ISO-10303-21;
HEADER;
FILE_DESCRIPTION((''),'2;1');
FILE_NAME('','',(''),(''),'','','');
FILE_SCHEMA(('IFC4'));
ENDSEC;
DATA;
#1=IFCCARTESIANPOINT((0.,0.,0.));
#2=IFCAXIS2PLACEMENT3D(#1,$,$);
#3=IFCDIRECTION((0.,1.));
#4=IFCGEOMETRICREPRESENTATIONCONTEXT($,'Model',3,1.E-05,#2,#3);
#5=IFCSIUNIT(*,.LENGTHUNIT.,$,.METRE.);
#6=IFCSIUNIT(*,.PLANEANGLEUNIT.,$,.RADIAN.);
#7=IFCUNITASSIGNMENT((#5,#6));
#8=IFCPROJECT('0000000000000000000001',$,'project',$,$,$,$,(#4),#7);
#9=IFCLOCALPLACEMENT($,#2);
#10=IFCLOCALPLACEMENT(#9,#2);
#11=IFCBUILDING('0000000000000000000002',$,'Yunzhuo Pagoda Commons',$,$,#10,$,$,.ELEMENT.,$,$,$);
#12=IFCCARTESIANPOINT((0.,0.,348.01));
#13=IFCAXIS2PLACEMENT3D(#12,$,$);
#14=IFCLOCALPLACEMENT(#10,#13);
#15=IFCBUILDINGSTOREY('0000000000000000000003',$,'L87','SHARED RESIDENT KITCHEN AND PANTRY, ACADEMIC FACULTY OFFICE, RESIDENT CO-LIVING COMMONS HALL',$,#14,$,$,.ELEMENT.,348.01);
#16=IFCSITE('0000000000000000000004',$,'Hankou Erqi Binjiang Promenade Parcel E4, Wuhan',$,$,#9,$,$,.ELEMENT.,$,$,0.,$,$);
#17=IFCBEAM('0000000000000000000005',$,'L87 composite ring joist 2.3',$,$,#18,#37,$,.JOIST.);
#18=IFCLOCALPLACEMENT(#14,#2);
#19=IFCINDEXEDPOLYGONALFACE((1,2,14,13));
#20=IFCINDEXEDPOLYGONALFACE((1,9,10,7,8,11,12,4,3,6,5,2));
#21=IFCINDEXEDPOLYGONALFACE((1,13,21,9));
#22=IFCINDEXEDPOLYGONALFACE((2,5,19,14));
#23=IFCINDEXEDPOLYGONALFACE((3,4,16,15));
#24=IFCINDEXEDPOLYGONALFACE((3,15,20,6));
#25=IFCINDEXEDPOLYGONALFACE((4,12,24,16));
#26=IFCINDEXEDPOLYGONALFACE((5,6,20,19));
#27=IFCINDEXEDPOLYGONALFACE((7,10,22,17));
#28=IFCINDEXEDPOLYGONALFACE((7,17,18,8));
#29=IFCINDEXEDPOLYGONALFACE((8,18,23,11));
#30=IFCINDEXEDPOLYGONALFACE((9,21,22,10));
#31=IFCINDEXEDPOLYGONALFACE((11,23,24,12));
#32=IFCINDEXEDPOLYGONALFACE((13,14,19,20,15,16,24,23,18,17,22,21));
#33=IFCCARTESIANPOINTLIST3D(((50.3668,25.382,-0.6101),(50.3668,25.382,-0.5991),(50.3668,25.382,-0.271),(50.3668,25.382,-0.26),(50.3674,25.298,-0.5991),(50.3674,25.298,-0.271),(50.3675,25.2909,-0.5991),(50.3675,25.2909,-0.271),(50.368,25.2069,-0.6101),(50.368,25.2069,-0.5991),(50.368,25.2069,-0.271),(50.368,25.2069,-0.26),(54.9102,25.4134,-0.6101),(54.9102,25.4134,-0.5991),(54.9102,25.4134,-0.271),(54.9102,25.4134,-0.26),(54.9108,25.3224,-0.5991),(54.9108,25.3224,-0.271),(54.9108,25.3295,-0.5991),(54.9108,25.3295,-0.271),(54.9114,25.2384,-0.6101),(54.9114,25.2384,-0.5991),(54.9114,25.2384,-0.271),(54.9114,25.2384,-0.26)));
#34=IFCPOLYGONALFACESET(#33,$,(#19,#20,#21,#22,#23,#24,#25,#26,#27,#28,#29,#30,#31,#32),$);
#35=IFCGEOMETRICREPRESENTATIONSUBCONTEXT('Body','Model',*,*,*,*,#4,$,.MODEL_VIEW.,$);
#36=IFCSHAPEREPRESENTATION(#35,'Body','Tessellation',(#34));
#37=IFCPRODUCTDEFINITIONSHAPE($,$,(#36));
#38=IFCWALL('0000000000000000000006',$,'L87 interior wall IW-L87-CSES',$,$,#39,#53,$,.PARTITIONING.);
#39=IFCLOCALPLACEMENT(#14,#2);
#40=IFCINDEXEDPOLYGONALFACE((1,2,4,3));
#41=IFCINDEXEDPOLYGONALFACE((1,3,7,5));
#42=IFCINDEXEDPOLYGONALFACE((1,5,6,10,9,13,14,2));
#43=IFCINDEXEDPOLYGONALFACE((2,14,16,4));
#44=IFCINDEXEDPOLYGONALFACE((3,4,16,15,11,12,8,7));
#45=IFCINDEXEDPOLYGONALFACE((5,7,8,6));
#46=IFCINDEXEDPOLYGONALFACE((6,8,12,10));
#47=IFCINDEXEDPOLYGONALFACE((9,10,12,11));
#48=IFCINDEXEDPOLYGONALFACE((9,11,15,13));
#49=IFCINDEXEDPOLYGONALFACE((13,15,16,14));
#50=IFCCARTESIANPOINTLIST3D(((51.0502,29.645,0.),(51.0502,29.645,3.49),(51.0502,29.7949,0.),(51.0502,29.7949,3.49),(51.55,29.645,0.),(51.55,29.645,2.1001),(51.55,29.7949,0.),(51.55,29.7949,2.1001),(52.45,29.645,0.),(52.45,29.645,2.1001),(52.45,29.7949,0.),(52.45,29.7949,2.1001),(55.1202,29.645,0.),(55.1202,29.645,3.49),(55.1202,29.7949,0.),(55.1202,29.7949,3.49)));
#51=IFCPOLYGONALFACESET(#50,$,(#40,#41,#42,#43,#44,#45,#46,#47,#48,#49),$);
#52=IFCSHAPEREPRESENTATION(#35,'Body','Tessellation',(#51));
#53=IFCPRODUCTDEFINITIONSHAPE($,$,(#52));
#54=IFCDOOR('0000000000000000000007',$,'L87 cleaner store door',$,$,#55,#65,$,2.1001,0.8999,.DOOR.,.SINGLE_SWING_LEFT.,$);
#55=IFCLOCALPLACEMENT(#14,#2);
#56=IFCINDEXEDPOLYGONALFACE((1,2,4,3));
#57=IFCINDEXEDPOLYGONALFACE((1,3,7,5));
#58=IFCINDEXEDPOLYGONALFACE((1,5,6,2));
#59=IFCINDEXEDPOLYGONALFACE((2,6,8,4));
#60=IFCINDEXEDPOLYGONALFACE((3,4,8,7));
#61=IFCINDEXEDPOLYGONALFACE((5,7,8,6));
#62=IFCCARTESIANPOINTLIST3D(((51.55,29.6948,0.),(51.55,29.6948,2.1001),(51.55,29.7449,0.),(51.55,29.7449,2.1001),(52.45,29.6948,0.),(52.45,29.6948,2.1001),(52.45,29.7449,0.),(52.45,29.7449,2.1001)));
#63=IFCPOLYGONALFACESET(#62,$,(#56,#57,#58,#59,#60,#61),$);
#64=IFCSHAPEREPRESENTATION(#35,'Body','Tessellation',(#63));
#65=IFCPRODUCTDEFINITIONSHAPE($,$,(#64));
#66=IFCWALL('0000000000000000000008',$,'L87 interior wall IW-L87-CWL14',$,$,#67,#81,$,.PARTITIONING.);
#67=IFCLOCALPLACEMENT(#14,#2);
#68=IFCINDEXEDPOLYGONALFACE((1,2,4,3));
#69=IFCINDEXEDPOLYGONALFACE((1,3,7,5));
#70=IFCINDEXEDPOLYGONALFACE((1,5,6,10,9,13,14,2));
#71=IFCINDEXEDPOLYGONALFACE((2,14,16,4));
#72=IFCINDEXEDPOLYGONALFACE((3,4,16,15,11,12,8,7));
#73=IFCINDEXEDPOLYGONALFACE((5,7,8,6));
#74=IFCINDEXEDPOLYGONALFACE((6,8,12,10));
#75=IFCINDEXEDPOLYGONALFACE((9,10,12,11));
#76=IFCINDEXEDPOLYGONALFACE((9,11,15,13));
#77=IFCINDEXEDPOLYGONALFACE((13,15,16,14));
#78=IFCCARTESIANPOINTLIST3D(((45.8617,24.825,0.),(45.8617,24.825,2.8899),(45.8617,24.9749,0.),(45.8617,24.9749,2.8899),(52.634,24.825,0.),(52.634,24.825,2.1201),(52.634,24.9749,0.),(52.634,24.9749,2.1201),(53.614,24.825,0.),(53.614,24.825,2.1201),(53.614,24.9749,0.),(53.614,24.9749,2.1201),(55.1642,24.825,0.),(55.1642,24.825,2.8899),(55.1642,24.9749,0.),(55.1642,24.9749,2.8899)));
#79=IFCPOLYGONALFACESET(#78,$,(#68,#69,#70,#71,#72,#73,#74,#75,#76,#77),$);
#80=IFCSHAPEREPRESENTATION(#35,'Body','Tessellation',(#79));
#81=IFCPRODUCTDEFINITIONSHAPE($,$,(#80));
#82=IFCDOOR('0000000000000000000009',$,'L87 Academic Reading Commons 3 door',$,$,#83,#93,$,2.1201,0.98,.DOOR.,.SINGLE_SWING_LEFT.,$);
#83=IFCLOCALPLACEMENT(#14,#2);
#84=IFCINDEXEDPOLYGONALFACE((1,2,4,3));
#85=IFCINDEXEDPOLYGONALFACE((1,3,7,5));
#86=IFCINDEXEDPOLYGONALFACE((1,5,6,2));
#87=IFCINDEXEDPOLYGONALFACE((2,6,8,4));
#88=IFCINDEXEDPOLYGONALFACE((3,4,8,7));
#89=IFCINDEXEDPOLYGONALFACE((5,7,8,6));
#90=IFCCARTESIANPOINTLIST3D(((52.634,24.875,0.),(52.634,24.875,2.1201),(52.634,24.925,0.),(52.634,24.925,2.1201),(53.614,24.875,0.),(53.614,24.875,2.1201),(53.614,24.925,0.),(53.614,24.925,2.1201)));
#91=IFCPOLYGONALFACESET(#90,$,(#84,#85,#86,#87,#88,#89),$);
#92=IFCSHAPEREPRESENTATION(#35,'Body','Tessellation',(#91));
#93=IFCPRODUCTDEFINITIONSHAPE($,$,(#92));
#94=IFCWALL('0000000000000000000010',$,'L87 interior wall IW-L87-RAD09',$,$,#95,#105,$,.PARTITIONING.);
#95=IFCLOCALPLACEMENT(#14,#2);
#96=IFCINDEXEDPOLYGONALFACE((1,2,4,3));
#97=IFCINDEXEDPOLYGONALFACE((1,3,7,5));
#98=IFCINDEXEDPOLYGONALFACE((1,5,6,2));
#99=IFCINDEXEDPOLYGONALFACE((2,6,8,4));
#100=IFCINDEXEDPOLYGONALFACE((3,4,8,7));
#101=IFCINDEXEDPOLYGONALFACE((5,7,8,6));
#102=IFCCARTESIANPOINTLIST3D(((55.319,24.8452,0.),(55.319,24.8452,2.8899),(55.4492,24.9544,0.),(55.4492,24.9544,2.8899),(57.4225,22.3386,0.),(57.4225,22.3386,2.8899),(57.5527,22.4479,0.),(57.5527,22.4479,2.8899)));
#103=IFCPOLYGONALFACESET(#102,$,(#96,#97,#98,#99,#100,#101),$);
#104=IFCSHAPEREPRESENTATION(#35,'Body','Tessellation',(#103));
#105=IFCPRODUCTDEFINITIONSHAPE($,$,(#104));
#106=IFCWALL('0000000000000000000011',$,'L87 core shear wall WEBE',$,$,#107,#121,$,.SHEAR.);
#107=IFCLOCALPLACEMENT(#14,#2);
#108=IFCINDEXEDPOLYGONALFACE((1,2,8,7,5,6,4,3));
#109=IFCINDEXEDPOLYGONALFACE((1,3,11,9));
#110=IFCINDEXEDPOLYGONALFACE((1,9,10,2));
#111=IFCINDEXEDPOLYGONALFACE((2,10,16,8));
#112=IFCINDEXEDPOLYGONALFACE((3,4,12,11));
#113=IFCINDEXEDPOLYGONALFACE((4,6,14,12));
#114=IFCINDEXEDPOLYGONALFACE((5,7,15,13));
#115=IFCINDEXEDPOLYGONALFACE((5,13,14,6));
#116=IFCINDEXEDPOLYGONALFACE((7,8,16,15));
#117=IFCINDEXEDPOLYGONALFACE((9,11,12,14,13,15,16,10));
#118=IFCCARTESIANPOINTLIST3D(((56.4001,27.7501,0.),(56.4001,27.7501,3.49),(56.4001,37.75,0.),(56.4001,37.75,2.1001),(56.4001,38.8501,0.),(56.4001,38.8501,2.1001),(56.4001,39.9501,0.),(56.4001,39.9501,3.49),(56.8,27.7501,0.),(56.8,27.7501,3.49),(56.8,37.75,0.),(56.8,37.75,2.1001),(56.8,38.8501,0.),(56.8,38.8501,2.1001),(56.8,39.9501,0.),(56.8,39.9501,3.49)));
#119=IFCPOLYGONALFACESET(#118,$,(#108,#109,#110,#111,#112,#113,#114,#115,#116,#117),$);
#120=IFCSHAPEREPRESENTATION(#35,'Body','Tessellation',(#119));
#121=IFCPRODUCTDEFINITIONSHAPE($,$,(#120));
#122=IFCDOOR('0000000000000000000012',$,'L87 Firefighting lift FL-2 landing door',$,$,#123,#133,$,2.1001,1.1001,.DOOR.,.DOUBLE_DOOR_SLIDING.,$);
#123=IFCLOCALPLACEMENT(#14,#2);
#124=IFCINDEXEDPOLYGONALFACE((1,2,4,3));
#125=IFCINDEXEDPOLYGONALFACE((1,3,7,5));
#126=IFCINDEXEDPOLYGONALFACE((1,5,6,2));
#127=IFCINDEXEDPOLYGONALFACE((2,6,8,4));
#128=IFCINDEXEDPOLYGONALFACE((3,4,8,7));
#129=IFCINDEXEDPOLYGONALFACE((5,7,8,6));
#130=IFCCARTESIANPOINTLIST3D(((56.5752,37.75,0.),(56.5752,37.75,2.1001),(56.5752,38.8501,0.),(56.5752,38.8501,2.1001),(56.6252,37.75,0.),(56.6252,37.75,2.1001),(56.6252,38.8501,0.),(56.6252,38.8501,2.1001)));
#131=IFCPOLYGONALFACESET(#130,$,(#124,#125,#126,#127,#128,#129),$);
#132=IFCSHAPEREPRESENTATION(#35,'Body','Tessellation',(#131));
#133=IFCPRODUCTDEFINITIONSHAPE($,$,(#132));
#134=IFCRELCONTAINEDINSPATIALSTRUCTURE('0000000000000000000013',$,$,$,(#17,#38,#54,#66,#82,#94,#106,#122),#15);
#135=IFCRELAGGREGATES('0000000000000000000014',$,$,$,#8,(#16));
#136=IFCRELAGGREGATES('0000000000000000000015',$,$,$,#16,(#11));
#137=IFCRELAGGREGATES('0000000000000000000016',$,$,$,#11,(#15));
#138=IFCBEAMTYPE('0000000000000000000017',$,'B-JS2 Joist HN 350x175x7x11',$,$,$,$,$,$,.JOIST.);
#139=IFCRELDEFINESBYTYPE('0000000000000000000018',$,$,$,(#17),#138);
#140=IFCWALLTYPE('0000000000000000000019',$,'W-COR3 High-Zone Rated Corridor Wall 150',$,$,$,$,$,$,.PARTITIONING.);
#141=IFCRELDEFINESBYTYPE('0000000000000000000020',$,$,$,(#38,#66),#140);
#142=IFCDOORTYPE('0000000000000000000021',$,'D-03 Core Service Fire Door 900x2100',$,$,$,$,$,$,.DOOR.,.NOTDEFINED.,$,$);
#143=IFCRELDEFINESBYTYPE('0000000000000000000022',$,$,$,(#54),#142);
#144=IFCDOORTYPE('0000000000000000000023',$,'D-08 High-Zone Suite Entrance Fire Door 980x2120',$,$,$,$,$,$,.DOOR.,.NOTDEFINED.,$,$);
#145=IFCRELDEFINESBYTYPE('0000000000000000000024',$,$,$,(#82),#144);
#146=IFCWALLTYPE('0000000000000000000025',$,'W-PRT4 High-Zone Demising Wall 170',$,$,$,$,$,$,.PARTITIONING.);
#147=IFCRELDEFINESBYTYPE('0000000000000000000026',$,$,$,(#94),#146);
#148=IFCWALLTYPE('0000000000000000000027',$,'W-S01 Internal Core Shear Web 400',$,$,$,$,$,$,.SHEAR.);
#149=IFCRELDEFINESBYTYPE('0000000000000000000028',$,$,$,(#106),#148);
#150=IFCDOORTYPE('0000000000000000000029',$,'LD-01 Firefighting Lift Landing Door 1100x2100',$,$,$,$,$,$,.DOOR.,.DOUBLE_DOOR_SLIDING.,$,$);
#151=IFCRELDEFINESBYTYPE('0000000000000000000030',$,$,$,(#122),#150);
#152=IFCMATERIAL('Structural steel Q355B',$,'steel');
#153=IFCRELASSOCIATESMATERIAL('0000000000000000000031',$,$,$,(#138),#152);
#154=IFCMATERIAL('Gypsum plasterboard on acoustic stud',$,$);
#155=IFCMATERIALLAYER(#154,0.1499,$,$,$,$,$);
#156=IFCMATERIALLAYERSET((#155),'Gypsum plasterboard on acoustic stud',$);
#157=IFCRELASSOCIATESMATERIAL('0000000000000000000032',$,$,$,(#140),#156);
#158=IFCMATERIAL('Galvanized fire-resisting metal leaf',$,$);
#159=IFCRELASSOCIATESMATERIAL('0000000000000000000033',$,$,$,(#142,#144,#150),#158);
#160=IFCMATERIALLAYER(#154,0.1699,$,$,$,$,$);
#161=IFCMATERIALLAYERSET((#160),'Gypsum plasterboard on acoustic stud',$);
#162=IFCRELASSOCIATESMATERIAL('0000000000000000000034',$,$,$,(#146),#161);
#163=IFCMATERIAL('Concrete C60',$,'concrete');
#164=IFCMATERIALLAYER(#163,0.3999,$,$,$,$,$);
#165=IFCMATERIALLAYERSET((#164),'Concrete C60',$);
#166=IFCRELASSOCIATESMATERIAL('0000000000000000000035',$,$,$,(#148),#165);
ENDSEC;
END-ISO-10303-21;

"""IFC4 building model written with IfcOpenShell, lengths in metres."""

from ifc_helpers import new_model, si_unit, direction, frame, frame_2d, origin, origin_with_axes, origin_2d, place, context, subcontext, project, spatial, rectangle, i_section, extrude, source, transform, mapped, material, layer, layer_set, material_profile, profile_set, type_object, element, fill, save


model = new_model("IFC4")

# Units and contexts
model_context = context("Model", 3, precision=1e-05, world=origin(), true_north=direction((0.0, 1.0)))
body_context = subcontext(model_context, "Body", "Model", "MODEL_VIEW")
ifc_project = project(units=[si_unit("LENGTHUNIT", "METRE"), si_unit("PLANEANGLEUNIT", "RADIAN")], contexts=[model_context])

# Site, building, storey
site_placement = place(None, origin())
site = spatial("IfcSite", under=ifc_project, at=site_placement, Name="Hankou Erqi Binjiang Promenade Parcel E4, Wuhan", CompositionType="ELEMENT", RefElevation=0.0)
building_placement = place(site_placement, origin())
building = spatial("IfcBuilding", under=site, at=building_placement, Name="Yunzhuo Pagoda Commons", CompositionType="ELEMENT")
storey_placement = place(building_placement, frame((0.0, 0.0, 348.01)))
storey = spatial("IfcBuildingStorey", under=building, at=storey_placement, Name="L87", Description="SHARED RESIDENT KITCHEN AND PANTRY, ACADEMIC FACULTY OFFICE, RESIDENT CO-LIVING COMMONS HALL", CompositionType="ELEMENT", Elevation=348.01)

# Shared definitions
ifc_material_1 = material(Name="Structural steel Q355B", Category="steel")

# Beam
ifc_material_profile_1 = material_profile(ifc_material_1, i_section(OverallWidth=0.175, OverallDepth=0.3501, WebThickness=0.0071, FlangeThickness=0.011, at=origin_2d()), Name="Structural steel Q355B")
ifc_profile_set_1 = profile_set([ifc_material_profile_1], Name="Structural steel Q355B")
beam_type_1 = type_object("IfcBeamType", Name="B-JS2 Joist HN 350x175x7x11", PredefinedType="JOIST", material=ifc_profile_set_1)
shared_shape_1 = source(origin(), body_context, "Body", "SweptSolid", [
    extrude(i_section(OverallWidth=0.175, OverallDepth=0.3501, WebThickness=0.0071, FlangeThickness=0.011, at=origin_2d()), origin(), (0.0, 0.0, 1.0), 4.5435),
])
beam_1_placement = place(storey_placement, frame((50.3674, 25.2944, -0.4351), z_axis=(0.999976, 0.006932, 0.0), x_axis=(-0.006932, 0.999976, 0.0)))
element("IfcBeam", 1, at=beam_1_placement, inside=storey, type_object=beam_type_1, Name="L87 composite ring joist 2.3", PredefinedType="JOIST", context=body_context, shape_type="MappedRepresentation", body=[
    mapped(shared_shape_1, transform((0.0, 0.0, 0.0), scale=1.0)),
])

# Walls, openings, doors
ifc_material_2 = material(Name="Gypsum plasterboard on acoustic stud")
ifc_layer_1 = layer(ifc_material_2, 0.1499)
ifc_layer_set_1 = layer_set([ifc_layer_1], Name="Gypsum plasterboard on acoustic stud")
wall_type_1 = type_object("IfcWallType", Name="W-COR3 High-Zone Rated Corridor Wall 150", PredefinedType="PARTITIONING", material=ifc_layer_set_1)
wall_1_placement = place(storey_placement, frame((51.05, 29.72, 0.0), z_axis=(0.0, 0.0, 1.0), x_axis=(1.0, 0.0, 0.0)))
wall_1 = element("IfcWall", 2, at=wall_1_placement, inside=storey, type_object=wall_type_1, Name="L87 interior wall IW-L87-CSES", PredefinedType="PARTITIONING", context=body_context, shape_type="SweptSolid", body=[
    extrude(rectangle(XDim=4.0701, YDim=0.1499, at=frame_2d((2.0352, 0.0))), origin(), (0.0, 0.0, 1.0), 3.49),
])
opening_1_placement = place(wall_1_placement, frame((0.5, 0.0, 0.0)))
opening_1 = element("IfcOpeningElement", 3, at=opening_1_placement, cuts=wall_1, PredefinedType="OPENING", context=body_context, shape_type="SweptSolid", body=[
    extrude(rectangle(XDim=0.8999, YDim=2.1001, at=frame_2d((0.45, 1.05))), frame((0.0, 0.085, 0.0), z_axis=(0.0, -1.0, 0.0), x_axis=(1.0, 0.0, 0.0)), (0.0, 0.0, 1.0), 0.1699),
])
ifc_material_3 = material(Name="Galvanized fire-resisting metal leaf")
door_type_1 = type_object("IfcDoorType", Name="D-03 Core Service Fire Door 900x2100", OperationType="NOTDEFINED", PredefinedType="DOOR", material=ifc_material_3)
shared_shape_2 = source(origin(), body_context, "Body", "SweptSolid", [
    extrude(rectangle(XDim=0.8999, YDim=2.1001, at=frame_2d((0.45, 1.05))), frame((0.0, 0.0249, 0.0), z_axis=(0.0, -1.0, 0.0), x_axis=(1.0, 0.0, 0.0)), (0.0, 0.0, 1.0), 0.05),
])
door_1_placement = place(opening_1_placement, origin_with_axes())
door_1 = element("IfcDoor", 4, at=door_1_placement, inside=storey, type_object=door_type_1, Name="L87 cleaner store door", OperationType="SINGLE_SWING_LEFT", OverallHeight=2.1001, OverallWidth=0.8999, PredefinedType="DOOR", context=body_context, shape_type="MappedRepresentation", body=[
    mapped(shared_shape_2, transform((0.0, 0.0, 0.0), scale=1.0)),
])
fill(opening_1, door_1)
wall_2_placement = place(storey_placement, frame((55.1643, 24.8999, 0.0), z_axis=(0.0, 0.0, 1.0), x_axis=(-1.0, 0.0, 0.0)))
wall_2 = element("IfcWall", 5, at=wall_2_placement, inside=storey, type_object=wall_type_1, Name="L87 interior wall IW-L87-CWL14", PredefinedType="PARTITIONING", context=body_context, shape_type="SweptSolid", body=[
    extrude(rectangle(XDim=9.3025, YDim=0.1499, at=frame_2d((4.6514, 0.0))), origin(), (0.0, 0.0, 1.0), 2.8899),
])
opening_2_placement = place(wall_2_placement, frame((1.5503, 0.0, 0.0)))
opening_2 = element("IfcOpeningElement", 6, at=opening_2_placement, cuts=wall_2, PredefinedType="OPENING", context=body_context, shape_type="SweptSolid", body=[
    extrude(rectangle(XDim=0.98, YDim=2.1201, at=frame_2d((0.49, 1.0601))), frame((0.0, 0.085, 0.0), z_axis=(0.0, -1.0, 0.0), x_axis=(1.0, 0.0, 0.0)), (0.0, 0.0, 1.0), 0.1699),
])
door_type_2 = type_object("IfcDoorType", Name="D-08 High-Zone Suite Entrance Fire Door 980x2120", OperationType="NOTDEFINED", PredefinedType="DOOR", material=ifc_material_3)
shared_shape_3 = source(origin(), body_context, "Body", "SweptSolid", [
    extrude(rectangle(XDim=0.98, YDim=2.1201, at=frame_2d((0.49, 1.0601))), frame((0.0, 0.0249, 0.0), z_axis=(0.0, -1.0, 0.0), x_axis=(1.0, 0.0, 0.0)), (0.0, 0.0, 1.0), 0.05),
])
door_2_placement = place(opening_2_placement, origin_with_axes())
door_2 = element("IfcDoor", 7, at=door_2_placement, inside=storey, type_object=door_type_2, Name="L87 Academic Reading Commons 3 door", OperationType="SINGLE_SWING_LEFT", OverallHeight=2.1201, OverallWidth=0.98, PredefinedType="DOOR", context=body_context, shape_type="MappedRepresentation", body=[
    mapped(shared_shape_3, transform((0.0, 0.0, 0.0), scale=1.0)),
])
fill(opening_2, door_2)

# Wall
ifc_layer_2 = layer(ifc_material_2, 0.1699)
ifc_layer_set_2 = layer_set([ifc_layer_2], Name="Gypsum plasterboard on acoustic stud")
wall_type_2 = type_object("IfcWallType", Name="W-PRT4 High-Zone Demising Wall 170", PredefinedType="PARTITIONING", material=ifc_layer_set_2)
wall_3_placement = place(storey_placement, frame((55.384, 24.8999, 0.0), z_axis=(0.0, 0.0, 1.0), x_axis=(0.64283, -0.766009, 0.0)))
element("IfcWall", 8, at=wall_3_placement, inside=storey, type_object=wall_type_2, Name="L87 interior wall IW-L87-RAD09", PredefinedType="PARTITIONING", context=body_context, shape_type="SweptSolid", body=[
    extrude(rectangle(XDim=3.2722, YDim=0.1699, at=frame_2d((1.6362, 0.0))), origin(), (0.0, 0.0, 1.0), 2.8899),
])

# Wall, opening, door
ifc_material_4 = material(Name="Concrete C60", Category="concrete")
ifc_layer_3 = layer(ifc_material_4, 0.3999)
ifc_layer_set_3 = layer_set([ifc_layer_3], Name="Concrete C60")
wall_type_3 = type_object("IfcWallType", Name="W-S01 Internal Core Shear Web 400", PredefinedType="SHEAR", material=ifc_layer_set_3)
wall_4_placement = place(storey_placement, frame((56.6001, 27.75, 0.0), z_axis=(0.0, 0.0, 1.0), x_axis=(0.0, 1.0, 0.0)))
wall_4 = element("IfcWall", 9, at=wall_4_placement, inside=storey, type_object=wall_type_3, Name="L87 core shear wall WEBE", PredefinedType="SHEAR", context=body_context, shape_type="SweptSolid", body=[
    extrude(rectangle(XDim=12.2, YDim=0.3999, at=frame_2d((6.1001, 0.0))), origin(), (0.0, 0.0, 1.0), 3.49),
])
opening_3_placement = place(wall_4_placement, frame((10.0, 0.0, 0.0)))
opening_3 = element("IfcOpeningElement", 10, at=opening_3_placement, cuts=wall_4, PredefinedType="OPENING", context=body_context, shape_type="SweptSolid", body=[
    extrude(rectangle(XDim=1.1001, YDim=2.1001, at=frame_2d((0.55, 1.05))), frame((0.0, 0.21, 0.0), z_axis=(0.0, -1.0, 0.0), x_axis=(1.0, 0.0, 0.0)), (0.0, 0.0, 1.0), 0.4199),
])
door_type_3 = type_object("IfcDoorType", Name="LD-01 Firefighting Lift Landing Door 1100x2100", OperationType="DOUBLE_DOOR_SLIDING", PredefinedType="DOOR", material=ifc_material_3)
shared_shape_4 = source(origin(), body_context, "Body", "SweptSolid", [
    extrude(rectangle(XDim=1.1001, YDim=2.1001, at=frame_2d((0.55, 1.05))), frame((0.0, 0.0249, 0.0), z_axis=(0.0, -1.0, 0.0), x_axis=(1.0, 0.0, 0.0)), (0.0, 0.0, 1.0), 0.05),
])
door_3_placement = place(opening_3_placement, origin_with_axes())
door_3 = element("IfcDoor", 11, at=door_3_placement, inside=storey, type_object=door_type_3, Name="L87 Firefighting lift FL-2 landing door", OperationType="DOUBLE_DOOR_SLIDING", OverallHeight=2.1001, OverallWidth=1.1001, PredefinedType="DOOR", context=body_context, shape_type="MappedRepresentation", body=[
    mapped(shared_shape_4, transform((0.0, 0.0, 0.0), scale=1.0)),
])
fill(opening_3, door_3)

save(model, "model.ifc")
